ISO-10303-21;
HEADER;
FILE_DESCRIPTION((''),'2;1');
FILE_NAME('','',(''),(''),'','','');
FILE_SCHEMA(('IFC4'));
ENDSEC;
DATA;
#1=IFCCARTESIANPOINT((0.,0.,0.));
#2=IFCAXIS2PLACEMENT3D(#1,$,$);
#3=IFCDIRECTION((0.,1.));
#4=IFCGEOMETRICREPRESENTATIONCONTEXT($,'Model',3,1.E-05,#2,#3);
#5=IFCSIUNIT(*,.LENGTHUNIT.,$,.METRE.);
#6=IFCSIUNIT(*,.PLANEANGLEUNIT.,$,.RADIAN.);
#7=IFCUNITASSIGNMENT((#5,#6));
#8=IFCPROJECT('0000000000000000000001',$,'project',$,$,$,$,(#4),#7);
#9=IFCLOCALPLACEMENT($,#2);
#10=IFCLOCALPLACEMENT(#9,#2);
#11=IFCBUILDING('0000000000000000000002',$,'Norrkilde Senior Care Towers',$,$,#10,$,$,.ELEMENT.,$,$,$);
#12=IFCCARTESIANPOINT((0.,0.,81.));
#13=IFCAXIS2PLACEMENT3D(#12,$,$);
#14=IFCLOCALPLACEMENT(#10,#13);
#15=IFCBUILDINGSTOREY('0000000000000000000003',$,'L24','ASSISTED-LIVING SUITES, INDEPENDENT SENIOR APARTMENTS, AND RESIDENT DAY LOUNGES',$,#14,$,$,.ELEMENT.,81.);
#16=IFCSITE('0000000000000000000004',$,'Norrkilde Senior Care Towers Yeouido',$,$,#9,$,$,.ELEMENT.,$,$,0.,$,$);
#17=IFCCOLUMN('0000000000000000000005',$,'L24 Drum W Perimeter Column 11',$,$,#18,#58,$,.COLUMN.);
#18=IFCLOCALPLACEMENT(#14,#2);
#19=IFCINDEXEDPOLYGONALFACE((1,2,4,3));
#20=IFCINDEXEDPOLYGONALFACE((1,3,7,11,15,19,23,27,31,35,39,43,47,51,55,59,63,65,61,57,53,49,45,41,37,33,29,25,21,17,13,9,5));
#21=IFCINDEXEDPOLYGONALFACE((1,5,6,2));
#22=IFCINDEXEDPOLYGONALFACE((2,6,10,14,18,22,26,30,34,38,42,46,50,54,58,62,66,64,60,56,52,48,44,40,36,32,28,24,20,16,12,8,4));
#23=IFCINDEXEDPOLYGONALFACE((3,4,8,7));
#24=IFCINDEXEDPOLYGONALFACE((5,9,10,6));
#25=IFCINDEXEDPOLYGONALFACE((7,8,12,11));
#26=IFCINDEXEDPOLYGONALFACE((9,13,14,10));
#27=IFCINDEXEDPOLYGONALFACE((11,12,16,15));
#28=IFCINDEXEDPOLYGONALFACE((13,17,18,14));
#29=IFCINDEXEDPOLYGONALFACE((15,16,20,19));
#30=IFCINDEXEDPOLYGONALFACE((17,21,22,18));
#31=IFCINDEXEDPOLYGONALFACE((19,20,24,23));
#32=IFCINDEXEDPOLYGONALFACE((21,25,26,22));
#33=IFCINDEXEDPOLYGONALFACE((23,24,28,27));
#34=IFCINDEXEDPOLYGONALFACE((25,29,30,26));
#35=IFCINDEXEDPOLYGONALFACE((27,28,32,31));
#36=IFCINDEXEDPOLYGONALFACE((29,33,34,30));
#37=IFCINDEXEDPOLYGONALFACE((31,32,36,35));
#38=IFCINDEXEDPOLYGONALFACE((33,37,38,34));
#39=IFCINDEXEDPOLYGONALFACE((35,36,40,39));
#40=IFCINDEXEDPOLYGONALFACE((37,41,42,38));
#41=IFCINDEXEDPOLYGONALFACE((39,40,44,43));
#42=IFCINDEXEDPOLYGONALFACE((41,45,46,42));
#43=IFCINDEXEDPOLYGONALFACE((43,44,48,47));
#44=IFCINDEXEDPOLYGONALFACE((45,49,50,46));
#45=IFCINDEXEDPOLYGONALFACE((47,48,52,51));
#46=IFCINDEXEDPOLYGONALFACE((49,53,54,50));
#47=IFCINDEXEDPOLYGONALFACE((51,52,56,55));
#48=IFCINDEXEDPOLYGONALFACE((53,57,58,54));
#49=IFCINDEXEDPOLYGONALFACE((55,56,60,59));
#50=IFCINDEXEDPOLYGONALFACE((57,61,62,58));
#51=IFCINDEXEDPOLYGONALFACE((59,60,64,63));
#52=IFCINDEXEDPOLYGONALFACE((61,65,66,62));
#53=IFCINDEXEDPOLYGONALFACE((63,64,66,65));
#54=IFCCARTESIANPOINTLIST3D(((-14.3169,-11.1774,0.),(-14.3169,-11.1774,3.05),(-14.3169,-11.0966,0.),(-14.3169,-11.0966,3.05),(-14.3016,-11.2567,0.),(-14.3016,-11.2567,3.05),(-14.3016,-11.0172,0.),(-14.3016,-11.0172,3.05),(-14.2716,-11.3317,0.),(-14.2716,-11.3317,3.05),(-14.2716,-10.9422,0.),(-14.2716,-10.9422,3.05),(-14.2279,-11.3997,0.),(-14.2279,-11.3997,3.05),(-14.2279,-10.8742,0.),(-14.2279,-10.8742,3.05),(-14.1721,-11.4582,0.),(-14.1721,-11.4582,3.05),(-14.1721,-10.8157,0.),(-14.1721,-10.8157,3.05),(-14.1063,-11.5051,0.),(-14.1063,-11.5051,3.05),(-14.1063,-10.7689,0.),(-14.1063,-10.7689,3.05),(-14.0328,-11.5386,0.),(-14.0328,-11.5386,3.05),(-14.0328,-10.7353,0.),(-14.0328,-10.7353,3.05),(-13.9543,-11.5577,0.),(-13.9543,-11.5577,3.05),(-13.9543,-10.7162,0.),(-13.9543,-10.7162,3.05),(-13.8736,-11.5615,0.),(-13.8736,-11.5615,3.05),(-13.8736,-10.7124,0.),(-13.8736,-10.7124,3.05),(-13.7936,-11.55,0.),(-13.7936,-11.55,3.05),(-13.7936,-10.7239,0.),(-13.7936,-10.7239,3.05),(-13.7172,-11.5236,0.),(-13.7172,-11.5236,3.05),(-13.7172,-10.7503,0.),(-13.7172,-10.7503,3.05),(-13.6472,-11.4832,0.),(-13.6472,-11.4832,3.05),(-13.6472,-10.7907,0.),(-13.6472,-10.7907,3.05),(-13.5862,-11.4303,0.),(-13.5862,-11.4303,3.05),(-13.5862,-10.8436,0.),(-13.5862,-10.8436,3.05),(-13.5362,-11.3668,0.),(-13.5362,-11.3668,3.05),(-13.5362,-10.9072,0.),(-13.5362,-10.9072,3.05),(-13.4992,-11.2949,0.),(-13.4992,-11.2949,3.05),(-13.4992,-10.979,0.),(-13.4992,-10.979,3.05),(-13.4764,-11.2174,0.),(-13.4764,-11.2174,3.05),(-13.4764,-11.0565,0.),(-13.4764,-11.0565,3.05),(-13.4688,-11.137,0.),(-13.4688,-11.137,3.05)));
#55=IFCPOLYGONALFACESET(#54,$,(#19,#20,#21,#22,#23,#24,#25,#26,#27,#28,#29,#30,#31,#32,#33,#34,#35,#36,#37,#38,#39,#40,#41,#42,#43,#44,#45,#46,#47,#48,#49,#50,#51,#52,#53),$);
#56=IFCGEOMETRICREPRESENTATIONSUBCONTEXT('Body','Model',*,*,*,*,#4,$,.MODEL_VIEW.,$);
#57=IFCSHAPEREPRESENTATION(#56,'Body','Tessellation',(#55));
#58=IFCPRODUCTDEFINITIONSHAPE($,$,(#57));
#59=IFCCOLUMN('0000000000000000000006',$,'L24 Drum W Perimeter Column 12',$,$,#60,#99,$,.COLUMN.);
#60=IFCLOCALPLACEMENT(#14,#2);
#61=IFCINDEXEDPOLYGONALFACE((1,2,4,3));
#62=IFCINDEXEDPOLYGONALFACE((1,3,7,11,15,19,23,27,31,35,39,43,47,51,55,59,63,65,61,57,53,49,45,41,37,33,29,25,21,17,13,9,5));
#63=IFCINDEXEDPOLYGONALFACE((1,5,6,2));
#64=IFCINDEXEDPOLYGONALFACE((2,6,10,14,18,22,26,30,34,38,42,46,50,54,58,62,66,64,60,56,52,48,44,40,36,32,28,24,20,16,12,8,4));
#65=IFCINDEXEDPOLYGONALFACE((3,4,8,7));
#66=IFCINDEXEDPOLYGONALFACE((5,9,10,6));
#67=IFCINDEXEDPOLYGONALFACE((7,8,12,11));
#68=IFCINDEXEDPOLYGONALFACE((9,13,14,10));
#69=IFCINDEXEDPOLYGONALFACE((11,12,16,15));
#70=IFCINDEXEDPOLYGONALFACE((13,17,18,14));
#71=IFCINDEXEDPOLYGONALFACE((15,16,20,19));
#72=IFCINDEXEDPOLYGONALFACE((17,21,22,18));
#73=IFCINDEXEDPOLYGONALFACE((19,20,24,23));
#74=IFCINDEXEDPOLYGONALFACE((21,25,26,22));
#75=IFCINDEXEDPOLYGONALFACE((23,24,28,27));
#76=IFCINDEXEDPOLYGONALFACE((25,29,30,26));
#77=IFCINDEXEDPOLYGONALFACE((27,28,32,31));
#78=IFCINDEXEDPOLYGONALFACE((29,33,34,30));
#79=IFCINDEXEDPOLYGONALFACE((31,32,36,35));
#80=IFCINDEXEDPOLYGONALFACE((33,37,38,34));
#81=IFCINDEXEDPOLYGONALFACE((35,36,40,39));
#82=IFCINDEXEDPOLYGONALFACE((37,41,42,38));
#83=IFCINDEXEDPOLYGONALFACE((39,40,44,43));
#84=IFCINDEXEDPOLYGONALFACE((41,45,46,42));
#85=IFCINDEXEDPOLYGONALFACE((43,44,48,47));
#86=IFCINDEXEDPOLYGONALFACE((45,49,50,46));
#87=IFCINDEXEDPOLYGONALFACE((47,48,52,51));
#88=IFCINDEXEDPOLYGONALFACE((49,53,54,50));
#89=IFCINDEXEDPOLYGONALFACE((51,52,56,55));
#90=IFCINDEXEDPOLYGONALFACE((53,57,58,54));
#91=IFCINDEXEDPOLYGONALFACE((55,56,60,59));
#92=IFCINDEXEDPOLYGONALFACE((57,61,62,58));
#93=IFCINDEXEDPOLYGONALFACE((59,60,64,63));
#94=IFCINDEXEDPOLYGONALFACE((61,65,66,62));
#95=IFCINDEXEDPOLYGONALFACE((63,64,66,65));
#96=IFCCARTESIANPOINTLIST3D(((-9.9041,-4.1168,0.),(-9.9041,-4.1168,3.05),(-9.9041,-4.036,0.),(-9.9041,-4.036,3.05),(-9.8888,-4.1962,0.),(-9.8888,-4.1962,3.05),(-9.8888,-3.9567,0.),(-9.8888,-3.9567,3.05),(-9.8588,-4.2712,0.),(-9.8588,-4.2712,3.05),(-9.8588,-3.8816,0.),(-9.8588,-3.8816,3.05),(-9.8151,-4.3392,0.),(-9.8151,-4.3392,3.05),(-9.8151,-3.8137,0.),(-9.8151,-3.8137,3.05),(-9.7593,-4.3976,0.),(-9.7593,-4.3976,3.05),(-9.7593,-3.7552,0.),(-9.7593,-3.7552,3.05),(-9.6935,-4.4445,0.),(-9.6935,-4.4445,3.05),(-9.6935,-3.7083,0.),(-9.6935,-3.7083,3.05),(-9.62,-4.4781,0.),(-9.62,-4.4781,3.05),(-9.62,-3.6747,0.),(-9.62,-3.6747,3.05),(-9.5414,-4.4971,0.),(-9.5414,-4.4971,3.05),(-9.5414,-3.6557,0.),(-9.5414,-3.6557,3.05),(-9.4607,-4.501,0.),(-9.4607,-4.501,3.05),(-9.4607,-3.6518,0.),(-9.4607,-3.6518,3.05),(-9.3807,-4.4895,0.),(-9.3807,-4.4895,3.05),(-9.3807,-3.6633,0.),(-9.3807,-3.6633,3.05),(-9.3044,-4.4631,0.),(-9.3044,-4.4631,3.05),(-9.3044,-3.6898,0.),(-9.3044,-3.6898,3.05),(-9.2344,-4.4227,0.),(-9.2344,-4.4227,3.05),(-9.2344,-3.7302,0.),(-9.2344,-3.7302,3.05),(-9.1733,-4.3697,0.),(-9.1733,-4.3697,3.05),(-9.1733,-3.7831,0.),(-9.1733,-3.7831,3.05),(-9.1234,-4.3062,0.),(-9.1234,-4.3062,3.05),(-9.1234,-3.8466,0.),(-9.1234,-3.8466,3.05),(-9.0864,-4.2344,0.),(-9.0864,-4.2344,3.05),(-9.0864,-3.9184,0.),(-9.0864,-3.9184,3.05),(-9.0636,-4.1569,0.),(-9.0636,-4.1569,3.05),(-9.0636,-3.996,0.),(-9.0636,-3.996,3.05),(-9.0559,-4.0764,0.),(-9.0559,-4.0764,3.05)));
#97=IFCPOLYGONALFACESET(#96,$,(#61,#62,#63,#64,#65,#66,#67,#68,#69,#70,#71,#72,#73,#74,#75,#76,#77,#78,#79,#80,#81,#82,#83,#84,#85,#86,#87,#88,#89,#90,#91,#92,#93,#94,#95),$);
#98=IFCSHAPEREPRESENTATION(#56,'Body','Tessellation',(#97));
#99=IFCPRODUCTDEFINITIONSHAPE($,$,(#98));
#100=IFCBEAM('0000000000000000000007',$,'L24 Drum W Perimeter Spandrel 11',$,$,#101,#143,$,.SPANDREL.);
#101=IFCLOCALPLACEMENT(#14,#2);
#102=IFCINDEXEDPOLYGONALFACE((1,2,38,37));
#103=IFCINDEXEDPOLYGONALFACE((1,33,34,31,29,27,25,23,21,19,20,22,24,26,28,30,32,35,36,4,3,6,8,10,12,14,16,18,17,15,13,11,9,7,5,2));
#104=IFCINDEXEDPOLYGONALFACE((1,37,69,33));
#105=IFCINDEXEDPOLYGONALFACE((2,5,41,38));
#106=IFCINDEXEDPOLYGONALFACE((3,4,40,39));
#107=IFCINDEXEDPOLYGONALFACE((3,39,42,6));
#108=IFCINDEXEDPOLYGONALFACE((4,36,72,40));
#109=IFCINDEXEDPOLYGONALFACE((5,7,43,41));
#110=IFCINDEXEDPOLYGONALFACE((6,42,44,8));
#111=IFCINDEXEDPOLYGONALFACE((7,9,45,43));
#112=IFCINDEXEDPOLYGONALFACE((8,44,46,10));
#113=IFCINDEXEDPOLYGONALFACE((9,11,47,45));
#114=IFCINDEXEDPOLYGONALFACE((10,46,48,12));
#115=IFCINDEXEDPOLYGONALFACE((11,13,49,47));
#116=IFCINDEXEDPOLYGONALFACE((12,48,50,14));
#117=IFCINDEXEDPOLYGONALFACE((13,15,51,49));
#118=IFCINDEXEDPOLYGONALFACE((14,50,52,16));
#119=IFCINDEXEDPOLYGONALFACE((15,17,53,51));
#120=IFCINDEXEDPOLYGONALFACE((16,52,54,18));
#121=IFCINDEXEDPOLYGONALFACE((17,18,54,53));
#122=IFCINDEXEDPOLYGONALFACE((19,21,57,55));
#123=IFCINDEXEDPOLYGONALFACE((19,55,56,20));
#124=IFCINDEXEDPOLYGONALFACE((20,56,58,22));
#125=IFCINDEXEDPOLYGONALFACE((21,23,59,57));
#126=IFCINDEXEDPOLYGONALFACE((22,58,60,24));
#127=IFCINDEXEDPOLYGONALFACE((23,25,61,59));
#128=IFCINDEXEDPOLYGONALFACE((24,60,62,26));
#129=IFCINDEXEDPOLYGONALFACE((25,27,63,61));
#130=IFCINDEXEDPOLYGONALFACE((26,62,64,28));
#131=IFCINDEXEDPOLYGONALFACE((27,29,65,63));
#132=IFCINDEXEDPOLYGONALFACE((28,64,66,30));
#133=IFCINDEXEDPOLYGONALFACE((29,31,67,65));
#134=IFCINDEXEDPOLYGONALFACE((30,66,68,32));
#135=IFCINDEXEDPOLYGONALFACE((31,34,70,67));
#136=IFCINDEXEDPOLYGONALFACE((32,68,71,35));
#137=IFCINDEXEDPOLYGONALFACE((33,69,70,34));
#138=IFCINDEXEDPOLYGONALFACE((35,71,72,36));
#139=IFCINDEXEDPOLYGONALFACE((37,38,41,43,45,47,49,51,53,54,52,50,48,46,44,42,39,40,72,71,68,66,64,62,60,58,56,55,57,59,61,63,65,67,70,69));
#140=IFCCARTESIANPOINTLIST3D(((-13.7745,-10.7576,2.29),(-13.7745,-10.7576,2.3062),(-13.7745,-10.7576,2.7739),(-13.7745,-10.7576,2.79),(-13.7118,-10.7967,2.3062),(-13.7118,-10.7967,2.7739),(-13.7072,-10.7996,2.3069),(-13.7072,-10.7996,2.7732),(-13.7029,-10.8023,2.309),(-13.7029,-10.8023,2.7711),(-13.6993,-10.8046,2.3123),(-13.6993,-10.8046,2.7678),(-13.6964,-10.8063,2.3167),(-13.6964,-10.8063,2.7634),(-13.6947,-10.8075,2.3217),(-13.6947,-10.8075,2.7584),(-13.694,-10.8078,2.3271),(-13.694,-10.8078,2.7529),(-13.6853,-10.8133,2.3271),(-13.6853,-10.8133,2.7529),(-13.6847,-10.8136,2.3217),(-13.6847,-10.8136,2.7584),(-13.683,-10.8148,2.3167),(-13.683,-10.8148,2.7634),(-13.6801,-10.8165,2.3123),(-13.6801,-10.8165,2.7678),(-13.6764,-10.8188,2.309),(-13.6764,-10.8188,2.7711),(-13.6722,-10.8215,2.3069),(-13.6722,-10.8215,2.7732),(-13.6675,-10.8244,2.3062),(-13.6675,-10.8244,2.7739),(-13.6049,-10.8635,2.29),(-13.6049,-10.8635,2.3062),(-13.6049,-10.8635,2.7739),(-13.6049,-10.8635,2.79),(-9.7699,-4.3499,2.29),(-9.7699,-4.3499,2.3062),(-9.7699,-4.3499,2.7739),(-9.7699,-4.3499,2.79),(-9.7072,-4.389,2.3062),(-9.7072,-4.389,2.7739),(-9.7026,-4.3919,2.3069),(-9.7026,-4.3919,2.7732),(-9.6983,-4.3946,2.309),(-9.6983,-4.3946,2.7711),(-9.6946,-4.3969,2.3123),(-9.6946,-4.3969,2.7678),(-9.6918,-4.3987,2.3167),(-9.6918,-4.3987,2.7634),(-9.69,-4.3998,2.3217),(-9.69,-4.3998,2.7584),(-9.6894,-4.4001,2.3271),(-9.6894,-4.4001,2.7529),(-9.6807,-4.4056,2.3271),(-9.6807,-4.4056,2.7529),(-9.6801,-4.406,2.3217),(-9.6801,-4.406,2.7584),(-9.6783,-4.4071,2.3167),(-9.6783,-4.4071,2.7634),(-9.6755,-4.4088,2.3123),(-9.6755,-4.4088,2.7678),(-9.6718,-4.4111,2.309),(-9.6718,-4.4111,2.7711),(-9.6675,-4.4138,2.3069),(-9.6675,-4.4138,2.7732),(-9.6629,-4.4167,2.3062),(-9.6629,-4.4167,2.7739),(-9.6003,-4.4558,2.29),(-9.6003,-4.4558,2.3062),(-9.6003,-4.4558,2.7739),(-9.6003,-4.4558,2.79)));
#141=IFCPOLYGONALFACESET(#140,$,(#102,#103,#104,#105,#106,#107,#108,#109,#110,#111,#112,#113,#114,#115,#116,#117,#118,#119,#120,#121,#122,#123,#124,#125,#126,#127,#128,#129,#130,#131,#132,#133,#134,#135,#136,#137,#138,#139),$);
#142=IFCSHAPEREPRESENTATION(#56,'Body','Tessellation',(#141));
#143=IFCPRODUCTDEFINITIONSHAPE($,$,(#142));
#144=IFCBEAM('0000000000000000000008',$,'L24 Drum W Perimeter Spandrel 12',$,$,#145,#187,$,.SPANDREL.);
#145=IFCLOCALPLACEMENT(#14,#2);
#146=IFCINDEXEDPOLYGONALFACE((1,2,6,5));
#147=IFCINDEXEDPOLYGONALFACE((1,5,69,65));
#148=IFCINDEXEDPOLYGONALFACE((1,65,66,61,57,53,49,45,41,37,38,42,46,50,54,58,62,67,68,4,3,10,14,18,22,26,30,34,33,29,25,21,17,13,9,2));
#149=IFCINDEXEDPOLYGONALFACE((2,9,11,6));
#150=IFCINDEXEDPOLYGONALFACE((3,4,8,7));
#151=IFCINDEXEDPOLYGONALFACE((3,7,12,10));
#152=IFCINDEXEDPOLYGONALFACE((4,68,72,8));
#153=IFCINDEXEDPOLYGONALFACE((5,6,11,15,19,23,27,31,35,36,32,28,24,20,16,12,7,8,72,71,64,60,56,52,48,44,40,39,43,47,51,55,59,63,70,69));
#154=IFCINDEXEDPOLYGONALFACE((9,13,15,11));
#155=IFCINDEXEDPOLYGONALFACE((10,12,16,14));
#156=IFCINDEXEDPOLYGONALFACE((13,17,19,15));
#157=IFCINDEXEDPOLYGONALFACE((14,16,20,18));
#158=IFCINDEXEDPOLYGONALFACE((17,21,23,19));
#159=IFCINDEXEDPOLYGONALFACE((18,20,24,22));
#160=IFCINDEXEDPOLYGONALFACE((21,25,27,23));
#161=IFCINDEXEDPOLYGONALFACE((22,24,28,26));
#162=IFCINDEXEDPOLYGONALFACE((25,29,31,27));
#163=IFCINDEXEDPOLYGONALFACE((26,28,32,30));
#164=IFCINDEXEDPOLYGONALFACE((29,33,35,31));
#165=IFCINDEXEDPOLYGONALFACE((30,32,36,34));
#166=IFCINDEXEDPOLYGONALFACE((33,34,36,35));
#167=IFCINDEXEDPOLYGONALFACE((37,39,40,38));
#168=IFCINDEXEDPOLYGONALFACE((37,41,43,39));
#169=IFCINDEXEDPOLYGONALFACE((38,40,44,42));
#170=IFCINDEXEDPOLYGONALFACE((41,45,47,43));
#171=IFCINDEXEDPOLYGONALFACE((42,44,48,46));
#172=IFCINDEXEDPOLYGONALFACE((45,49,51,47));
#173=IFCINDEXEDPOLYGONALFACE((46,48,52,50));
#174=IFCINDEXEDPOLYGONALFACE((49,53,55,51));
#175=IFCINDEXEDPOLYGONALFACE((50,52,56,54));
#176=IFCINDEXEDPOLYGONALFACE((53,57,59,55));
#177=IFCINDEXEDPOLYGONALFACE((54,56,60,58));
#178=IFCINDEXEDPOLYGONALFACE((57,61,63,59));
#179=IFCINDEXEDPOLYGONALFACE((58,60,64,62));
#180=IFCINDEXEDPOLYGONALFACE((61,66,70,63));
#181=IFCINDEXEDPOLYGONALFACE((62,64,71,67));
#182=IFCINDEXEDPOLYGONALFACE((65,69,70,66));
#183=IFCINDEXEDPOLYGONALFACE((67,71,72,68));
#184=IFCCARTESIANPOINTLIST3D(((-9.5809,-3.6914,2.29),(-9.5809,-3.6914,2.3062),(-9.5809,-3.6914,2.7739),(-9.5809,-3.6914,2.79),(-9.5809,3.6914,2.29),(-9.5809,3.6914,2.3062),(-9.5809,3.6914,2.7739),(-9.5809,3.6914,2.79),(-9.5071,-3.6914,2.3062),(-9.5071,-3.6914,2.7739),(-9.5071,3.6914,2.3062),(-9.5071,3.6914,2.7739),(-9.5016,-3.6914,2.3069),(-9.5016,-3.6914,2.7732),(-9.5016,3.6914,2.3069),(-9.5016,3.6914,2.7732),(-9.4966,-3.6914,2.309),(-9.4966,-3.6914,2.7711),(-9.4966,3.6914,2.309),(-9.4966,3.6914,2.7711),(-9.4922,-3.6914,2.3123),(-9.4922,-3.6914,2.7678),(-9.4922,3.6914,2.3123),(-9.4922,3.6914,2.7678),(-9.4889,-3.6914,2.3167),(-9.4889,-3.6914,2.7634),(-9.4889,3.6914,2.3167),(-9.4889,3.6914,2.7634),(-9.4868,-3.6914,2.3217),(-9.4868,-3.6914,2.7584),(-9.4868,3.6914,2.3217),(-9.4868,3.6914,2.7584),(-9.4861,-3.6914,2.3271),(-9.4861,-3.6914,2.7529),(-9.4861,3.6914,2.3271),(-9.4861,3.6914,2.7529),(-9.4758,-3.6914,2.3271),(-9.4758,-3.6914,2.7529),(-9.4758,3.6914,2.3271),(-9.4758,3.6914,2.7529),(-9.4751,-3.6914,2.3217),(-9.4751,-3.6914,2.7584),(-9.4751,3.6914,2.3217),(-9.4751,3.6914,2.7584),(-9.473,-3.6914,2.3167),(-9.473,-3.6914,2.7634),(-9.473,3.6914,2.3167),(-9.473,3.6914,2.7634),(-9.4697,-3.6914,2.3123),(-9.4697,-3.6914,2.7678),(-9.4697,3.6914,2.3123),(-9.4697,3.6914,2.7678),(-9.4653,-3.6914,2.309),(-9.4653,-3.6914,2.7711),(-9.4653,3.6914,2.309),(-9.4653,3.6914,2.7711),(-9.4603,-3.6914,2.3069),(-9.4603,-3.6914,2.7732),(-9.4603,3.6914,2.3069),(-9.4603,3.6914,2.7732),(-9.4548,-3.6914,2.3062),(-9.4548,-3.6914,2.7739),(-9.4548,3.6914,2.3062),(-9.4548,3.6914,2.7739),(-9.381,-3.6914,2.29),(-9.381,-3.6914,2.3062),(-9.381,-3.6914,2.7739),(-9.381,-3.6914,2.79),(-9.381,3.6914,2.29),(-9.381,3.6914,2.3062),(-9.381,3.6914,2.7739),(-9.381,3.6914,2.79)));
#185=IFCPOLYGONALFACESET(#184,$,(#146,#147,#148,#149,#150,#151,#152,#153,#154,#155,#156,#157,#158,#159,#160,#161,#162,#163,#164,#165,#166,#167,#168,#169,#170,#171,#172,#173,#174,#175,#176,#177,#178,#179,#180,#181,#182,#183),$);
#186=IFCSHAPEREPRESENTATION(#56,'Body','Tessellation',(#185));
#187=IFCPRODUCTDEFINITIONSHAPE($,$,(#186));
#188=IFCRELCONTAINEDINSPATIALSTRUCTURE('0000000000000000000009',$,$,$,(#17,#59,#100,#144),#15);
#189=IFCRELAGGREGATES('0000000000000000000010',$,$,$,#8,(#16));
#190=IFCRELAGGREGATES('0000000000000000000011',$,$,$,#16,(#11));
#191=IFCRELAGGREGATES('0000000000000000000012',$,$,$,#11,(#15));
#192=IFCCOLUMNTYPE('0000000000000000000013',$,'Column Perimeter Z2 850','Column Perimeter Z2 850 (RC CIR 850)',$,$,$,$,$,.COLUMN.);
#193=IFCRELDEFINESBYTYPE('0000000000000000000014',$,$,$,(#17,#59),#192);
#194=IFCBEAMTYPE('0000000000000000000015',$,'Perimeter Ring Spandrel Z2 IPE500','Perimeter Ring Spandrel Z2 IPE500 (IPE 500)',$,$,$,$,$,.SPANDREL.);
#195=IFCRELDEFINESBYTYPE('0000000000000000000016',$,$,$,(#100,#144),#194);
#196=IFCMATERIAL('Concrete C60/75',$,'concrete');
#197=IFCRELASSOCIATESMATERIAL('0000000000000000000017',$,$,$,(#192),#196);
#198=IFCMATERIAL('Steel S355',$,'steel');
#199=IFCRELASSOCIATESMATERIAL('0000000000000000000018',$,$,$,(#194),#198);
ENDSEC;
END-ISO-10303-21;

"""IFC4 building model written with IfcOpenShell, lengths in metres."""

from ifc_helpers import new_model, si_unit, direction, frame, origin, origin_2d, place, context, subcontext, project, spatial, circle, i_section, extrude, source, transform, mapped, material, material_profile, profile_set, type_object, type_shapes, element, save


model = new_model("IFC4")

# Units and contexts
model_context = context("Model", 3, precision=1e-05, world=origin(), true_north=direction((0.0, 1.0)))
body_context = subcontext(model_context, "Body", "Model", "MODEL_VIEW")
ifc_project = project(units=[si_unit("LENGTHUNIT", "METRE"), si_unit("PLANEANGLEUNIT", "RADIAN")], contexts=[model_context])

# Site, building, storey
site_placement = place(None, origin())
site = spatial("IfcSite", under=ifc_project, at=site_placement, Name="Norrkilde Senior Care Towers Yeouido", CompositionType="ELEMENT", RefElevation=0.0)
building_placement = place(site_placement, origin())
building = spatial("IfcBuilding", under=site, at=building_placement, Name="Norrkilde Senior Care Towers", CompositionType="ELEMENT")
storey_placement = place(building_placement, frame((0.0, 0.0, 81.0)))
storey = spatial("IfcBuildingStorey", under=building, at=storey_placement, Name="L24", Description="ASSISTED-LIVING SUITES, INDEPENDENT SENIOR APARTMENTS, AND RESIDENT DAY LOUNGES", CompositionType="ELEMENT", Elevation=81.0)

# Columns
ifc_material_1 = material(Name="Concrete C60/75", Category="concrete")
ifc_material_profile_1 = material_profile(ifc_material_1, circle(Radius=0.425, at=origin_2d()), Name="RC CIR 850")
ifc_profile_set_1 = profile_set([ifc_material_profile_1], Name="Concrete C60/75")
column_type = type_object("IfcColumnType", Name="Column Perimeter Z2 850", Description="Column Perimeter Z2 850 (RC CIR 850)", PredefinedType="COLUMN", material=ifc_profile_set_1)
shared_shape_1 = source(origin(), body_context, "Body", "SweptSolid", [
    extrude(circle(Radius=0.425, at=origin_2d()), origin(), (0.0, 0.0, 1.0), 3.05),
])
type_shapes(column_type, [shared_shape_1])
for number, where, z_axis, x_axis, name in (
    (1, (-13.8938, -11.137, 0.0), (0.0, 0.0, 1.0), (1.0, 0.0, 0.0), "L24 Drum W Perimeter Column 11"),
    (2, (-9.481, -4.0764, 0.0), (0.0, 0.0, 1.0), (1.0, 0.0, 0.0), "L24 Drum W Perimeter Column 12"),
):
    element("IfcColumn", number, at=place(storey_placement, frame(where, z_axis=z_axis, x_axis=x_axis)), inside=storey, type_object=column_type, Name=name, PredefinedType="COLUMN", context=body_context, shape_type="MappedRepresentation", body=[
        mapped(shared_shape_1, transform((0.0, 0.0, 0.0), x_axis=(1.0, 0.0, 0.0), y_axis=(0.0, 1.0, 0.0), z_axis=(0.0, 0.0, 1.0), scale=1.0)),
    ])

# Beams
ifc_material_2 = material(Name="Steel S355", Category="steel")
ifc_material_profile_2 = material_profile(ifc_material_2, i_section(OverallWidth=0.2, OverallDepth=0.5, WebThickness=0.0103, FlangeThickness=0.0161, FilletRadius=0.021, at=origin_2d()), Name="IPE 500")
ifc_profile_set_2 = profile_set([ifc_material_profile_2], Name="Steel S355")
beam_type_1 = type_object("IfcBeamType", Name="Perimeter Ring Spandrel Z2 IPE500", Description="Perimeter Ring Spandrel Z2 IPE500 (IPE 500)", PredefinedType="SPANDREL", material=ifc_profile_set_2)
shared_shape_2 = source(origin(), body_context, "Body", "SweptSolid", [
    extrude(i_section(OverallWidth=0.2, OverallDepth=0.5, WebThickness=0.0103, FlangeThickness=0.0161, FilletRadius=0.021, at=origin_2d()), origin(), (0.0, 0.0, 1.0), 7.5562),
])
beam_1_placement = place(storey_placement, frame((-13.6897, -10.8105, 2.54), z_axis=(0.529982, 0.848009, 0.0), x_axis=(-0.848009, 0.529982, 0.0)))
element("IfcBeam", 3, at=beam_1_placement, inside=storey, type_object=beam_type_1, Name="L24 Drum W Perimeter Spandrel 11", PredefinedType="SPANDREL", context=body_context, shape_type="MappedRepresentation", body=[
    mapped(shared_shape_2, transform((0.0, 0.0, 0.0), x_axis=(1.0, 0.0, 0.0), y_axis=(0.0, 1.0, 0.0), z_axis=(0.0, 0.0, 1.0), scale=1.0)),
])
shared_shape_3 = source(origin(), body_context, "Body", "SweptSolid", [
    extrude(i_section(OverallWidth=0.2, OverallDepth=0.5, WebThickness=0.0103, FlangeThickness=0.0161, FilletRadius=0.021, at=origin_2d()), origin(), (0.0, 0.0, 1.0), 7.3828),
])
type_shapes(beam_type_1, [shared_shape_2, shared_shape_3])
beam_2_placement = place(storey_placement, frame((-9.481, -3.6914, 2.54), z_axis=(0.0, 1.0, 0.0), x_axis=(-1.0, 0.0, 0.0)))
element("IfcBeam", 4, at=beam_2_placement, inside=storey, type_object=beam_type_1, Name="L24 Drum W Perimeter Spandrel 12", PredefinedType="SPANDREL", context=body_context, shape_type="MappedRepresentation", body=[
    mapped(shared_shape_3, transform((0.0, 0.0, 0.0), x_axis=(1.0, 0.0, 0.0), y_axis=(0.0, 1.0, 0.0), z_axis=(0.0, 0.0, 1.0), scale=1.0)),
])

save(model, "model.ifc")
